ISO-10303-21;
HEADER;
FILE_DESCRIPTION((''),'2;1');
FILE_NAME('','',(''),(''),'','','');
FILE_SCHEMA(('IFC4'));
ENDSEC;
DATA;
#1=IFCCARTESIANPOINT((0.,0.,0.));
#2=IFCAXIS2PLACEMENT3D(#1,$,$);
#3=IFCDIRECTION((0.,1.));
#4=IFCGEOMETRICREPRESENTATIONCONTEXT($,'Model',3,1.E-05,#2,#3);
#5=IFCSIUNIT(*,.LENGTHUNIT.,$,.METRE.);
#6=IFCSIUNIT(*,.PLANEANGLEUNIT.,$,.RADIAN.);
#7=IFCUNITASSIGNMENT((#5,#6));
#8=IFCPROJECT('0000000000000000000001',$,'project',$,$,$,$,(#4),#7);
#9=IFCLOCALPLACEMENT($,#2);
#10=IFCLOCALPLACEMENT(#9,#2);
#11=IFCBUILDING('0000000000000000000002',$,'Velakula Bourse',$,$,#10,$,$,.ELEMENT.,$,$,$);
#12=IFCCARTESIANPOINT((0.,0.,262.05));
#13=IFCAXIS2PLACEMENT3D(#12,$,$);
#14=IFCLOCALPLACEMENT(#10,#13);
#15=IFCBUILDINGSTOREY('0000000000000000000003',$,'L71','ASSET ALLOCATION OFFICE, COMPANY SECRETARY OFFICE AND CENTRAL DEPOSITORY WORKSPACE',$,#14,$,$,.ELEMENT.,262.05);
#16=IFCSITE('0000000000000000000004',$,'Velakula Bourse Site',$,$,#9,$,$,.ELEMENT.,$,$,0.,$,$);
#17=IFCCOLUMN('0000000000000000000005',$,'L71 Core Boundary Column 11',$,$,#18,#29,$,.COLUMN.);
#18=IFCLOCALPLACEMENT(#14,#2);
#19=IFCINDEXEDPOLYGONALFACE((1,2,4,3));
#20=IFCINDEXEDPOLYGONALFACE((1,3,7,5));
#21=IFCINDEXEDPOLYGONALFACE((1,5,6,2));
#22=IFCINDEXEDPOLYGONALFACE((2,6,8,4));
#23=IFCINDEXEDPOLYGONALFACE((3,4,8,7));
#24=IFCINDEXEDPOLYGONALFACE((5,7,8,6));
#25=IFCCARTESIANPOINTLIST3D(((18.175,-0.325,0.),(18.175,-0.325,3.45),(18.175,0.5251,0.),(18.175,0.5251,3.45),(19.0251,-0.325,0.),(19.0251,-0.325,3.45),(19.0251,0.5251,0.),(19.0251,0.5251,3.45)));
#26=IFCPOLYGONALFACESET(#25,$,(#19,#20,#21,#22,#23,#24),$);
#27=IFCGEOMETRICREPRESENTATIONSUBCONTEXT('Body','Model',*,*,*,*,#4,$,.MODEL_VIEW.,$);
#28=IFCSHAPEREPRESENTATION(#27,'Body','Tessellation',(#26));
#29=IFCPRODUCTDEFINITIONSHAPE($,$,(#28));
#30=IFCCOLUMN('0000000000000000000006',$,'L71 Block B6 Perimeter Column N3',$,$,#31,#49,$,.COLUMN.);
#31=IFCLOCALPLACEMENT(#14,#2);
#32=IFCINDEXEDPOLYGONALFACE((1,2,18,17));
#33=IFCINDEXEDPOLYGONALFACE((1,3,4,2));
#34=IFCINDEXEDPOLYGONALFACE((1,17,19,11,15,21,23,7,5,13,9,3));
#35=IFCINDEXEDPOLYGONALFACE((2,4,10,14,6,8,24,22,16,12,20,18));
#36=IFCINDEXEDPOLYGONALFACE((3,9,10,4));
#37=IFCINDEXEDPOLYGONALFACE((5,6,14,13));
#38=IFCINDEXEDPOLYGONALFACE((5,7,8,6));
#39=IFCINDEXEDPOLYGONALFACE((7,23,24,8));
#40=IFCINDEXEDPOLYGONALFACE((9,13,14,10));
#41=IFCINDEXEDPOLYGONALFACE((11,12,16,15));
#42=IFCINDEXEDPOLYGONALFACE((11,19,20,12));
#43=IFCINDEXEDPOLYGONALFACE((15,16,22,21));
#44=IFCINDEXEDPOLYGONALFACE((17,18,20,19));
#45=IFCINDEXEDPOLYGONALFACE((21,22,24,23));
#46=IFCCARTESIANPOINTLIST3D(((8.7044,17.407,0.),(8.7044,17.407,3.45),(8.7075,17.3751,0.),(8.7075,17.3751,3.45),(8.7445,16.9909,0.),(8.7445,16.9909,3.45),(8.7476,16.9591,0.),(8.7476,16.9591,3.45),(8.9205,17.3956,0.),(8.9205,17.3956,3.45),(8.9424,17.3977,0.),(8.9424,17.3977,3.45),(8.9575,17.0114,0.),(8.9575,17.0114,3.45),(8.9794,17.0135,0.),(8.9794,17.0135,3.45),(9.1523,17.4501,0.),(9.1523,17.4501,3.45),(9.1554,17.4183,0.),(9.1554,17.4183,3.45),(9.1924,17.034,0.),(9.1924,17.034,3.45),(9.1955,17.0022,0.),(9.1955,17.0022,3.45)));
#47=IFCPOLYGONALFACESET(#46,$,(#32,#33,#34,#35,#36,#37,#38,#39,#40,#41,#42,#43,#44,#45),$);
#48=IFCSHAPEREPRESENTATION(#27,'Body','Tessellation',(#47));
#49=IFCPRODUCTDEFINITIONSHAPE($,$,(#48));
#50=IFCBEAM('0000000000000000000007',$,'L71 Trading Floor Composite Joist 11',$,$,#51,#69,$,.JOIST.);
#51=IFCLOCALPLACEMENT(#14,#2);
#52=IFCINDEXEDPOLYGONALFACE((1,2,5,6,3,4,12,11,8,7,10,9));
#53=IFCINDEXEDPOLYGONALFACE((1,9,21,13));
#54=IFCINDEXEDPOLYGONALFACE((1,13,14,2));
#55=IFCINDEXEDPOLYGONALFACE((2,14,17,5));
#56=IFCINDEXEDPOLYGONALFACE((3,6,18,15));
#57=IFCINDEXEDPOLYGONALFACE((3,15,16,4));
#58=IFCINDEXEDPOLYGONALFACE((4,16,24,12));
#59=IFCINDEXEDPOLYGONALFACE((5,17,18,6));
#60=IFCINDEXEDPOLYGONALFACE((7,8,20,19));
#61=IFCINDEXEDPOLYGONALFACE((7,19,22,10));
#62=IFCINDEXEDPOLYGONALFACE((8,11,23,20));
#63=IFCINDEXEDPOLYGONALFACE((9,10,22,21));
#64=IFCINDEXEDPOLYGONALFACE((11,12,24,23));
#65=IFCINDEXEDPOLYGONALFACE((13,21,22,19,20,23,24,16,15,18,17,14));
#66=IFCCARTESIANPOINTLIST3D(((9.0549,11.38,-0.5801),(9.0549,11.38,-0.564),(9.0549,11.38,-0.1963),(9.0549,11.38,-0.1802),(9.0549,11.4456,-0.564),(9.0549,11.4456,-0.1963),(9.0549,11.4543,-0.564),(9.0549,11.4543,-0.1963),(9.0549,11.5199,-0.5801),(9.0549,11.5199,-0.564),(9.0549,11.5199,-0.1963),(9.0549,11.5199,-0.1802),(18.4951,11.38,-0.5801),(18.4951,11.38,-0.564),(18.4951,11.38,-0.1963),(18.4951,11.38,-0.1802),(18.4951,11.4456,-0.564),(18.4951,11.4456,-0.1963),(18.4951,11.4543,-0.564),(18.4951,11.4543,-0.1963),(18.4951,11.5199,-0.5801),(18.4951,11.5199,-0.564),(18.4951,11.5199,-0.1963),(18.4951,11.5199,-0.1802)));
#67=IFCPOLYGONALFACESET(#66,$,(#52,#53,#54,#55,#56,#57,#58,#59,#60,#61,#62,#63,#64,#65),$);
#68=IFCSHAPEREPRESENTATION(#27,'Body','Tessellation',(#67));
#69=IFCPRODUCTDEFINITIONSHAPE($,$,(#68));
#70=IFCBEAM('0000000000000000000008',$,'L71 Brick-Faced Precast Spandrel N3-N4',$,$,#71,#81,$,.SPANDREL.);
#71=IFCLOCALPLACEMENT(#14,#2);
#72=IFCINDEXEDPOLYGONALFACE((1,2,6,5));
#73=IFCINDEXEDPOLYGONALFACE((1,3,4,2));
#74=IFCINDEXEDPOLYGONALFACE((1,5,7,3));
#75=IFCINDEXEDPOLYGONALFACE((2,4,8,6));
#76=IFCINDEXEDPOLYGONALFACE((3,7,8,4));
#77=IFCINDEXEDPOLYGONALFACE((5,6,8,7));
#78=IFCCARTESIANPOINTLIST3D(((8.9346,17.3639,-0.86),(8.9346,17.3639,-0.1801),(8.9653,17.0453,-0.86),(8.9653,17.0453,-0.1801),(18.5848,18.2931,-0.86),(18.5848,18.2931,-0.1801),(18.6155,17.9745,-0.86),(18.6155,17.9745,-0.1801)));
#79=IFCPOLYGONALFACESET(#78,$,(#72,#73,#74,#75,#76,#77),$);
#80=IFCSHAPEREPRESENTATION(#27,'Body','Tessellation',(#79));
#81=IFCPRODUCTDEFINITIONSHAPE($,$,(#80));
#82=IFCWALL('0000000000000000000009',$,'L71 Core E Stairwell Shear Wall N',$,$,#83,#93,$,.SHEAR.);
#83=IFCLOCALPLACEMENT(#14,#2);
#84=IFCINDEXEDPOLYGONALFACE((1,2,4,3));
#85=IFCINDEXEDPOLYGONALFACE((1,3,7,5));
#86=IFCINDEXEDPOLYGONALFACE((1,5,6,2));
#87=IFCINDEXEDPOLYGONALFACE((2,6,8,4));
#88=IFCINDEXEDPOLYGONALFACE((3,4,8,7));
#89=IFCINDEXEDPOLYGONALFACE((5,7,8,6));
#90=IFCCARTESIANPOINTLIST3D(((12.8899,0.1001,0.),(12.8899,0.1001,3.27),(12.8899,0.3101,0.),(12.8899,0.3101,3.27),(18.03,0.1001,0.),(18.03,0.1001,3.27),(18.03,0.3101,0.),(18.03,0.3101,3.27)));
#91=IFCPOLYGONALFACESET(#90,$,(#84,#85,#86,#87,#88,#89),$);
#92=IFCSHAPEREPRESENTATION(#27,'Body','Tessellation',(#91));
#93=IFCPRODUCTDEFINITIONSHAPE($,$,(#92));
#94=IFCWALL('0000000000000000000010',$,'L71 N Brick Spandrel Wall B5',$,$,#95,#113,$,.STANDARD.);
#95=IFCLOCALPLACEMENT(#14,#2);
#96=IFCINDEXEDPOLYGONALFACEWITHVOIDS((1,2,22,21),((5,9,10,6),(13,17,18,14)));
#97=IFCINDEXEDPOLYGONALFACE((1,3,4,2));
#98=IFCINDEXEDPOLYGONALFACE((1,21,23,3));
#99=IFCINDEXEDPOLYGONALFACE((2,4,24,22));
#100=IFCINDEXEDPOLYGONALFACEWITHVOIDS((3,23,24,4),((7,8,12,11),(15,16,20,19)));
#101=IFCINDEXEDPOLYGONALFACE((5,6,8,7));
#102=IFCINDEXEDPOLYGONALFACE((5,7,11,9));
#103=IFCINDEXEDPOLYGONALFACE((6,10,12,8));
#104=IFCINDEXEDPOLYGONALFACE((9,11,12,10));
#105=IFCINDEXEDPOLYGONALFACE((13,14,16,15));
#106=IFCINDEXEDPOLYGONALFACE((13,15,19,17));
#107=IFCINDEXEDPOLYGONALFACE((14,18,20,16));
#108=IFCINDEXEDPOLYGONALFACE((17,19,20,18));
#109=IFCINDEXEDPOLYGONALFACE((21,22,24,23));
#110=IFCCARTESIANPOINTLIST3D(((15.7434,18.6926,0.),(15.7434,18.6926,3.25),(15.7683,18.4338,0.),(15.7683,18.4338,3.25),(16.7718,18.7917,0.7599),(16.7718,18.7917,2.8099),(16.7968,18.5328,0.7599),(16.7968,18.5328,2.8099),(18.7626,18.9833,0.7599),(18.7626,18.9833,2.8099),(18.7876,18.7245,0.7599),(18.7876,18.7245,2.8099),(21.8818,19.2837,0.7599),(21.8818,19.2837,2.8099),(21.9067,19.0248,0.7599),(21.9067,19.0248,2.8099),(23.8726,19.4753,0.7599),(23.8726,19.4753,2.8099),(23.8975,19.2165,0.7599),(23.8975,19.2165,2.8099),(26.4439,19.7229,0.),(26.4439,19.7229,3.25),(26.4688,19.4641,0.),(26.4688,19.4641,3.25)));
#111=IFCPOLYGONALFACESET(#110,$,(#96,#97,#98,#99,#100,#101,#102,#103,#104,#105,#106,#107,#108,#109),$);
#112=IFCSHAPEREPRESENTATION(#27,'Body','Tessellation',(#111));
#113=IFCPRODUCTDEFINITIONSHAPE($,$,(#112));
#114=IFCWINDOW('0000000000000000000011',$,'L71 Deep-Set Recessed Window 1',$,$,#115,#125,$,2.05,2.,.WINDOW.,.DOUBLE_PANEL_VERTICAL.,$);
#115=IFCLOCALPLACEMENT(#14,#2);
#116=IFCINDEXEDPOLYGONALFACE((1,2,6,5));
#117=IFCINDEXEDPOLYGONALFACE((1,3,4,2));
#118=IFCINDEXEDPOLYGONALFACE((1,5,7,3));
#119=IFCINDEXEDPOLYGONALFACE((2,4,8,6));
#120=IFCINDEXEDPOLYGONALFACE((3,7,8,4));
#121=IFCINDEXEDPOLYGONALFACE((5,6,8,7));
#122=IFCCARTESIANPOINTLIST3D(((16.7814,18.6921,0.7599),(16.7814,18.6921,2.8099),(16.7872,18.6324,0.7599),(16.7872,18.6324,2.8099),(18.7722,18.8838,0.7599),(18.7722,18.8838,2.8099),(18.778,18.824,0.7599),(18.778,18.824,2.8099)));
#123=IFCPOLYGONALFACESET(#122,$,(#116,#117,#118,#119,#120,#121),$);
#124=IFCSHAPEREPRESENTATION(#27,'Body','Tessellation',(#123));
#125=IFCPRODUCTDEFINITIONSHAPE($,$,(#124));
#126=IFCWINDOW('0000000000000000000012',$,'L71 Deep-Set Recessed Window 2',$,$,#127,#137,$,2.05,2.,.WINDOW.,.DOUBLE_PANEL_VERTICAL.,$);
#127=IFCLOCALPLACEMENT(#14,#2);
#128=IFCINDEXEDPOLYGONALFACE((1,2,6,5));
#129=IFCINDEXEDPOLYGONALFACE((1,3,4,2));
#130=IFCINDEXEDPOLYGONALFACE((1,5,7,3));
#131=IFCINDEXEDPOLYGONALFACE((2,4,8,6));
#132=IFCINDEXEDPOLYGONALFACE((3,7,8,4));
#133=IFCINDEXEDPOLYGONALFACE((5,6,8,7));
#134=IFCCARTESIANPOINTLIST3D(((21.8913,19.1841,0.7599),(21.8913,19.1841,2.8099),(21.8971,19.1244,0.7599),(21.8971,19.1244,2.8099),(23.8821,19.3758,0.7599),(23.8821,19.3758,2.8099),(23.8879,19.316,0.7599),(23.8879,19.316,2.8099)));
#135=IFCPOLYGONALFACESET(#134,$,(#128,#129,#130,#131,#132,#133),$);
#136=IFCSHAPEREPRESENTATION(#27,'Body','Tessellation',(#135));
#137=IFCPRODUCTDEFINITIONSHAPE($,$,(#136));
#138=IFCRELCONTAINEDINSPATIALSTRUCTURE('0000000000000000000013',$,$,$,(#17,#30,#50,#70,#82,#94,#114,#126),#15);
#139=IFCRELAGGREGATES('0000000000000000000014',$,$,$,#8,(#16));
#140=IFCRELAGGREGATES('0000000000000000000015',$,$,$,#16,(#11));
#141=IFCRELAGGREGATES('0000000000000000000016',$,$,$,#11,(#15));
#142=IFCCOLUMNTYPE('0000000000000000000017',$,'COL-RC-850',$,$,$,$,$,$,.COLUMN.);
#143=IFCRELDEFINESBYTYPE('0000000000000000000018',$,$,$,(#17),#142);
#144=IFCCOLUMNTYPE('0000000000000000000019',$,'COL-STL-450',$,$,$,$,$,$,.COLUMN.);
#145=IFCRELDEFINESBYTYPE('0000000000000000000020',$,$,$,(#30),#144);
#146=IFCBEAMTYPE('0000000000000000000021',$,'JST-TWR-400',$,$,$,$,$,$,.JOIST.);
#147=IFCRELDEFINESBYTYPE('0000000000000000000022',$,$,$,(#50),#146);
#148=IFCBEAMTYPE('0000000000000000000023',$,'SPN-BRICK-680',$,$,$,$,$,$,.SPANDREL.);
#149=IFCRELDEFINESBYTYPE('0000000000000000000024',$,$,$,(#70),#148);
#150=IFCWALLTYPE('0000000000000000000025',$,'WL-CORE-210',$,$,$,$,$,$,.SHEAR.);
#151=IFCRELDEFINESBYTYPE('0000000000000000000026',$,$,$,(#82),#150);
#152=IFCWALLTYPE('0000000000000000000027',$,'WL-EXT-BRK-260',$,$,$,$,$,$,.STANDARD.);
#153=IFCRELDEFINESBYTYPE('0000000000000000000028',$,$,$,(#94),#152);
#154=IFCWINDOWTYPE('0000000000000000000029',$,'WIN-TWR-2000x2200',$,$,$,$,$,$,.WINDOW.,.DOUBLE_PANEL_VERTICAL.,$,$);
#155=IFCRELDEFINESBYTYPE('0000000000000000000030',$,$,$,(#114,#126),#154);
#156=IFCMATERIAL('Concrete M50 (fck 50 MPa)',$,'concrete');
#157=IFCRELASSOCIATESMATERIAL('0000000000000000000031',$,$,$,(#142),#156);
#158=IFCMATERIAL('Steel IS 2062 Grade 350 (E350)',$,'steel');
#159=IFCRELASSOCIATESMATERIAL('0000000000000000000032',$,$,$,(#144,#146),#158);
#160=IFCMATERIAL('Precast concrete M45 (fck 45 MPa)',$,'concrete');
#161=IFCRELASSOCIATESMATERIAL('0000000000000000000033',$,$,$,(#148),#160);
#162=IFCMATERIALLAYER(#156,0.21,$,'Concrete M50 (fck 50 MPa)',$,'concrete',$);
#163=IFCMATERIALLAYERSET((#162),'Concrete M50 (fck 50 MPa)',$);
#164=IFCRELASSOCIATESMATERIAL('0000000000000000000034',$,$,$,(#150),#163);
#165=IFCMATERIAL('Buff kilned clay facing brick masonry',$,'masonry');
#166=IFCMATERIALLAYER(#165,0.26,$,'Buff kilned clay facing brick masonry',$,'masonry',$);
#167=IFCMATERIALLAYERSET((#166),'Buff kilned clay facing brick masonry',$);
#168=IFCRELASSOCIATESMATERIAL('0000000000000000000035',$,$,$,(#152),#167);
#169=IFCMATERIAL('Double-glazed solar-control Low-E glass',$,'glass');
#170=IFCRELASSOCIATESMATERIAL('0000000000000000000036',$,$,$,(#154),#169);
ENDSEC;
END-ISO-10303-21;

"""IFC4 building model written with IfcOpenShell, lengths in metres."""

from ifc_helpers import new_model, si_unit, direction, frame, frame_2d, origin, origin_2d, place, context, subcontext, project, spatial, rectangle, i_section, extrude, material, layer, layer_set, material_profile, profile_set, type_object, element, fill, save


model = new_model("IFC4")

# Units and contexts
model_context = context("Model", 3, precision=1e-05, world=origin(), true_north=direction((0.0, 1.0)))
body_context = subcontext(model_context, "Body", "Model", "MODEL_VIEW")
ifc_project = project(units=[si_unit("LENGTHUNIT", "METRE"), si_unit("PLANEANGLEUNIT", "RADIAN")], contexts=[model_context])

# Site, building, storey
site_placement = place(None, origin())
site = spatial("IfcSite", under=ifc_project, at=site_placement, Name="Velakula Bourse Site", CompositionType="ELEMENT", RefElevation=0.0)
building_placement = place(site_placement, origin())
building = spatial("IfcBuilding", under=site, at=building_placement, Name="Velakula Bourse", CompositionType="ELEMENT")
storey_placement = place(building_placement, frame((0.0, 0.0, 262.05)))
storey = spatial("IfcBuildingStorey", under=building, at=storey_placement, Name="L71", Description="ASSET ALLOCATION OFFICE, COMPANY SECRETARY OFFICE AND CENTRAL DEPOSITORY WORKSPACE", CompositionType="ELEMENT", Elevation=262.05)

# Columns
ifc_material_1 = material(Name="Concrete M50 (fck 50 MPa)", Category="concrete")
ifc_material_profile_1 = material_profile(ifc_material_1, rectangle(XDim=0.8501, YDim=0.8501, at=origin_2d()), Name="Concrete M50 (fck 50 MPa)")
ifc_profile_set_1 = profile_set([ifc_material_profile_1], Name="Concrete M50 (fck 50 MPa)")
column_type_1 = type_object("IfcColumnType", Name="COL-RC-850", PredefinedType="COLUMN", material=ifc_profile_set_1)
column_1_placement = place(storey_placement, frame((18.6001, 0.1001, 0.0), z_axis=(0.0, 0.0, 1.0), x_axis=(1.0, 0.0, 0.0)))
element("IfcColumn", 1, at=column_1_placement, inside=storey, type_object=column_type_1, Name="L71 Core Boundary Column 11", PredefinedType="COLUMN", context=body_context, shape_type="SweptSolid", body=[
    extrude(rectangle(XDim=0.8501, YDim=0.8501, at=origin_2d()), origin(), (0.0, 0.0, 1.0), 3.45),
])
ifc_material_2 = material(Name="Steel IS 2062 Grade 350 (E350)", Category="steel")
ifc_material_profile_2 = material_profile(ifc_material_2, i_section(OverallWidth=0.45, OverallDepth=0.45, WebThickness=0.022, FlangeThickness=0.032, at=origin_2d()), Name="Steel IS 2062 Grade 350 (E350)")
ifc_profile_set_2 = profile_set([ifc_material_profile_2], Name="Steel IS 2062 Grade 350 (E350)")
column_type_2 = type_object("IfcColumnType", Name="COL-STL-450", PredefinedType="COLUMN", material=ifc_profile_set_2)
column_2_placement = place(storey_placement, frame((8.95, 17.2046, 0.0), z_axis=(0.0, 0.0, 1.0), x_axis=(0.995396, 0.095846, 0.0)))
element("IfcColumn", 2, at=column_2_placement, inside=storey, type_object=column_type_2, Name="L71 Block B6 Perimeter Column N3", PredefinedType="COLUMN", context=body_context, shape_type="SweptSolid", body=[
    extrude(i_section(OverallWidth=0.45, OverallDepth=0.45, WebThickness=0.022, FlangeThickness=0.032, at=origin_2d()), origin(), (0.0, 0.0, 1.0), 3.45),
])

# Beams
ifc_material_profile_3 = material_profile(ifc_material_2, i_section(OverallWidth=0.1399, OverallDepth=0.3999, WebThickness=0.0088, FlangeThickness=0.0161, at=origin_2d()), Name="Steel IS 2062 Grade 350 (E350)")
ifc_profile_set_3 = profile_set([ifc_material_profile_3], Name="Steel IS 2062 Grade 350 (E350)")
beam_type_1 = type_object("IfcBeamType", Name="JST-TWR-400", PredefinedType="JOIST", material=ifc_profile_set_3)
beam_1_placement = place(storey_placement, frame((9.0549, 11.45, -0.3801), z_axis=(1.0, 0.0, 0.0), x_axis=(0.0, 1.0, 0.0)))
element("IfcBeam", 3, at=beam_1_placement, inside=storey, type_object=beam_type_1, Name="L71 Trading Floor Composite Joist 11", PredefinedType="JOIST", context=body_context, shape_type="SweptSolid", body=[
    extrude(i_section(OverallWidth=0.1399, OverallDepth=0.3999, WebThickness=0.0088, FlangeThickness=0.0161, at=origin_2d()), origin(), (0.0, 0.0, 1.0), 9.4402),
])
ifc_material_3 = material(Name="Precast concrete M45 (fck 45 MPa)", Category="concrete")
ifc_material_profile_4 = material_profile(ifc_material_3, rectangle(XDim=0.3201, YDim=0.6799, at=origin_2d()), Name="Precast concrete M45 (fck 45 MPa)")
ifc_profile_set_4 = profile_set([ifc_material_profile_4], Name="Precast concrete M45 (fck 45 MPa)")
beam_type_2 = type_object("IfcBeamType", Name="SPN-BRICK-680", PredefinedType="SPANDREL", material=ifc_profile_set_4)
beam_2_placement = place(storey_placement, frame((8.95, 17.2046, -0.52), z_axis=(0.995396, 0.095845, 0.0), x_axis=(-0.095845, 0.995396, 0.0)))
element("IfcBeam", 4, at=beam_2_placement, inside=storey, type_object=beam_type_2, Name="L71 Brick-Faced Precast Spandrel N3-N4", PredefinedType="SPANDREL", context=body_context, shape_type="SweptSolid", body=[
    extrude(rectangle(XDim=0.3201, YDim=0.6799, at=origin_2d()), origin(), (0.0, 0.0, 1.0), 9.6948),
])

# Wall
ifc_layer_1 = layer(ifc_material_1, 0.21, Name="Concrete M50 (fck 50 MPa)", Category="concrete")
ifc_layer_set_1 = layer_set([ifc_layer_1], Name="Concrete M50 (fck 50 MPa)")
wall_type_1 = type_object("IfcWallType", Name="WL-CORE-210", PredefinedType="SHEAR", material=ifc_layer_set_1)
wall_1_placement = place(storey_placement, frame((18.03, 0.2051, 0.0), z_axis=(0.0, 0.0, 1.0), x_axis=(-1.0, 0.0, 0.0)))
element("IfcWall", 5, at=wall_1_placement, inside=storey, type_object=wall_type_1, Name="L71 Core E Stairwell Shear Wall N", PredefinedType="SHEAR", context=body_context, shape_type="SweptSolid", body=[
    extrude(rectangle(XDim=5.1401, YDim=0.21, at=frame_2d((2.5701, 0.0))), origin(), (0.0, 0.0, 1.0), 3.27),
])

# Wall, openings, windows
ifc_material_4 = material(Name="Buff kilned clay facing brick masonry", Category="masonry")
ifc_layer_2 = layer(ifc_material_4, 0.26, Name="Buff kilned clay facing brick masonry", Category="masonry")
ifc_layer_set_2 = layer_set([ifc_layer_2], Name="Buff kilned clay facing brick masonry")
wall_type_2 = type_object("IfcWallType", Name="WL-EXT-BRK-260", PredefinedType="STANDARD", material=ifc_layer_set_2)
wall_2_placement = place(storey_placement, frame((15.7559, 18.5632, 0.0), z_axis=(0.0, 0.0, 1.0), x_axis=(0.995397, 0.09584, 0.0)))
wall_2 = element("IfcWall", 6, at=wall_2_placement, inside=storey, type_object=wall_type_2, Name="L71 N Brick Spandrel Wall B5", PredefinedType="STANDARD", context=body_context, shape_type="SweptSolid", body=[
    extrude(rectangle(XDim=10.75, YDim=0.26, at=frame_2d((5.375, 0.0))), origin(), (0.0, 0.0, 1.0), 3.25),
])
opening_1_placement = place(wall_2_placement, frame((1.0332, 0.0, 0.76)))
opening_1 = element("IfcOpeningElement", 7, at=opening_1_placement, cuts=wall_2, PredefinedType="OPENING", context=body_context, shape_type="SweptSolid", body=[
    extrude(rectangle(XDim=2.0, YDim=2.05, at=frame_2d((1.0, 1.0249))), frame((0.0, 0.1399, 0.0), z_axis=(0.0, -1.0, 0.0), x_axis=(1.0, 0.0, 0.0)), (0.0, 0.0, 1.0), 0.28),
])
opening_2_placement = place(wall_2_placement, frame((6.1667, 0.0, 0.76)))
opening_2 = element("IfcOpeningElement", 8, at=opening_2_placement, cuts=wall_2, PredefinedType="OPENING", context=body_context, shape_type="SweptSolid", body=[
    extrude(rectangle(XDim=2.0, YDim=2.05, at=frame_2d((1.0, 1.0249))), frame((0.0, 0.1399, 0.0), z_axis=(0.0, -1.0, 0.0), x_axis=(1.0, 0.0, 0.0)), (0.0, 0.0, 1.0), 0.28),
])
ifc_material_5 = material(Name="Double-glazed solar-control Low-E glass", Category="glass")
window_type = type_object("IfcWindowType", Name="WIN-TWR-2000x2200", PartitioningType="DOUBLE_PANEL_VERTICAL", PredefinedType="WINDOW", material=ifc_material_5)
window_1_placement = place(opening_1_placement, origin())
window_1 = element("IfcWindow", 9, at=window_1_placement, inside=storey, type_object=window_type, Name="L71 Deep-Set Recessed Window 1", OverallHeight=2.05, OverallWidth=2.0, PartitioningType="DOUBLE_PANEL_VERTICAL", PredefinedType="WINDOW", context=body_context, shape_type="SweptSolid", body=[
    extrude(rectangle(XDim=2.0, YDim=2.05, at=frame_2d((1.0, 1.0249))), frame((0.0, 0.03, 0.0), z_axis=(0.0, -1.0, 0.0), x_axis=(1.0, 0.0, 0.0)), (0.0, 0.0, 1.0), 0.0601),
])
fill(opening_1, window_1)
window_2_placement = place(opening_2_placement, origin())
window_2 = element("IfcWindow", 10, at=window_2_placement, inside=storey, type_object=window_type, Name="L71 Deep-Set Recessed Window 2", OverallHeight=2.05, OverallWidth=2.0, PartitioningType="DOUBLE_PANEL_VERTICAL", PredefinedType="WINDOW", context=body_context, shape_type="SweptSolid", body=[
    extrude(rectangle(XDim=2.0, YDim=2.05, at=frame_2d((1.0, 1.0249))), frame((0.0, 0.03, 0.0), z_axis=(0.0, -1.0, 0.0), x_axis=(1.0, 0.0, 0.0)), (0.0, 0.0, 1.0), 0.0601),
])
fill(opening_2, window_2)

save(model, "model.ifc")
